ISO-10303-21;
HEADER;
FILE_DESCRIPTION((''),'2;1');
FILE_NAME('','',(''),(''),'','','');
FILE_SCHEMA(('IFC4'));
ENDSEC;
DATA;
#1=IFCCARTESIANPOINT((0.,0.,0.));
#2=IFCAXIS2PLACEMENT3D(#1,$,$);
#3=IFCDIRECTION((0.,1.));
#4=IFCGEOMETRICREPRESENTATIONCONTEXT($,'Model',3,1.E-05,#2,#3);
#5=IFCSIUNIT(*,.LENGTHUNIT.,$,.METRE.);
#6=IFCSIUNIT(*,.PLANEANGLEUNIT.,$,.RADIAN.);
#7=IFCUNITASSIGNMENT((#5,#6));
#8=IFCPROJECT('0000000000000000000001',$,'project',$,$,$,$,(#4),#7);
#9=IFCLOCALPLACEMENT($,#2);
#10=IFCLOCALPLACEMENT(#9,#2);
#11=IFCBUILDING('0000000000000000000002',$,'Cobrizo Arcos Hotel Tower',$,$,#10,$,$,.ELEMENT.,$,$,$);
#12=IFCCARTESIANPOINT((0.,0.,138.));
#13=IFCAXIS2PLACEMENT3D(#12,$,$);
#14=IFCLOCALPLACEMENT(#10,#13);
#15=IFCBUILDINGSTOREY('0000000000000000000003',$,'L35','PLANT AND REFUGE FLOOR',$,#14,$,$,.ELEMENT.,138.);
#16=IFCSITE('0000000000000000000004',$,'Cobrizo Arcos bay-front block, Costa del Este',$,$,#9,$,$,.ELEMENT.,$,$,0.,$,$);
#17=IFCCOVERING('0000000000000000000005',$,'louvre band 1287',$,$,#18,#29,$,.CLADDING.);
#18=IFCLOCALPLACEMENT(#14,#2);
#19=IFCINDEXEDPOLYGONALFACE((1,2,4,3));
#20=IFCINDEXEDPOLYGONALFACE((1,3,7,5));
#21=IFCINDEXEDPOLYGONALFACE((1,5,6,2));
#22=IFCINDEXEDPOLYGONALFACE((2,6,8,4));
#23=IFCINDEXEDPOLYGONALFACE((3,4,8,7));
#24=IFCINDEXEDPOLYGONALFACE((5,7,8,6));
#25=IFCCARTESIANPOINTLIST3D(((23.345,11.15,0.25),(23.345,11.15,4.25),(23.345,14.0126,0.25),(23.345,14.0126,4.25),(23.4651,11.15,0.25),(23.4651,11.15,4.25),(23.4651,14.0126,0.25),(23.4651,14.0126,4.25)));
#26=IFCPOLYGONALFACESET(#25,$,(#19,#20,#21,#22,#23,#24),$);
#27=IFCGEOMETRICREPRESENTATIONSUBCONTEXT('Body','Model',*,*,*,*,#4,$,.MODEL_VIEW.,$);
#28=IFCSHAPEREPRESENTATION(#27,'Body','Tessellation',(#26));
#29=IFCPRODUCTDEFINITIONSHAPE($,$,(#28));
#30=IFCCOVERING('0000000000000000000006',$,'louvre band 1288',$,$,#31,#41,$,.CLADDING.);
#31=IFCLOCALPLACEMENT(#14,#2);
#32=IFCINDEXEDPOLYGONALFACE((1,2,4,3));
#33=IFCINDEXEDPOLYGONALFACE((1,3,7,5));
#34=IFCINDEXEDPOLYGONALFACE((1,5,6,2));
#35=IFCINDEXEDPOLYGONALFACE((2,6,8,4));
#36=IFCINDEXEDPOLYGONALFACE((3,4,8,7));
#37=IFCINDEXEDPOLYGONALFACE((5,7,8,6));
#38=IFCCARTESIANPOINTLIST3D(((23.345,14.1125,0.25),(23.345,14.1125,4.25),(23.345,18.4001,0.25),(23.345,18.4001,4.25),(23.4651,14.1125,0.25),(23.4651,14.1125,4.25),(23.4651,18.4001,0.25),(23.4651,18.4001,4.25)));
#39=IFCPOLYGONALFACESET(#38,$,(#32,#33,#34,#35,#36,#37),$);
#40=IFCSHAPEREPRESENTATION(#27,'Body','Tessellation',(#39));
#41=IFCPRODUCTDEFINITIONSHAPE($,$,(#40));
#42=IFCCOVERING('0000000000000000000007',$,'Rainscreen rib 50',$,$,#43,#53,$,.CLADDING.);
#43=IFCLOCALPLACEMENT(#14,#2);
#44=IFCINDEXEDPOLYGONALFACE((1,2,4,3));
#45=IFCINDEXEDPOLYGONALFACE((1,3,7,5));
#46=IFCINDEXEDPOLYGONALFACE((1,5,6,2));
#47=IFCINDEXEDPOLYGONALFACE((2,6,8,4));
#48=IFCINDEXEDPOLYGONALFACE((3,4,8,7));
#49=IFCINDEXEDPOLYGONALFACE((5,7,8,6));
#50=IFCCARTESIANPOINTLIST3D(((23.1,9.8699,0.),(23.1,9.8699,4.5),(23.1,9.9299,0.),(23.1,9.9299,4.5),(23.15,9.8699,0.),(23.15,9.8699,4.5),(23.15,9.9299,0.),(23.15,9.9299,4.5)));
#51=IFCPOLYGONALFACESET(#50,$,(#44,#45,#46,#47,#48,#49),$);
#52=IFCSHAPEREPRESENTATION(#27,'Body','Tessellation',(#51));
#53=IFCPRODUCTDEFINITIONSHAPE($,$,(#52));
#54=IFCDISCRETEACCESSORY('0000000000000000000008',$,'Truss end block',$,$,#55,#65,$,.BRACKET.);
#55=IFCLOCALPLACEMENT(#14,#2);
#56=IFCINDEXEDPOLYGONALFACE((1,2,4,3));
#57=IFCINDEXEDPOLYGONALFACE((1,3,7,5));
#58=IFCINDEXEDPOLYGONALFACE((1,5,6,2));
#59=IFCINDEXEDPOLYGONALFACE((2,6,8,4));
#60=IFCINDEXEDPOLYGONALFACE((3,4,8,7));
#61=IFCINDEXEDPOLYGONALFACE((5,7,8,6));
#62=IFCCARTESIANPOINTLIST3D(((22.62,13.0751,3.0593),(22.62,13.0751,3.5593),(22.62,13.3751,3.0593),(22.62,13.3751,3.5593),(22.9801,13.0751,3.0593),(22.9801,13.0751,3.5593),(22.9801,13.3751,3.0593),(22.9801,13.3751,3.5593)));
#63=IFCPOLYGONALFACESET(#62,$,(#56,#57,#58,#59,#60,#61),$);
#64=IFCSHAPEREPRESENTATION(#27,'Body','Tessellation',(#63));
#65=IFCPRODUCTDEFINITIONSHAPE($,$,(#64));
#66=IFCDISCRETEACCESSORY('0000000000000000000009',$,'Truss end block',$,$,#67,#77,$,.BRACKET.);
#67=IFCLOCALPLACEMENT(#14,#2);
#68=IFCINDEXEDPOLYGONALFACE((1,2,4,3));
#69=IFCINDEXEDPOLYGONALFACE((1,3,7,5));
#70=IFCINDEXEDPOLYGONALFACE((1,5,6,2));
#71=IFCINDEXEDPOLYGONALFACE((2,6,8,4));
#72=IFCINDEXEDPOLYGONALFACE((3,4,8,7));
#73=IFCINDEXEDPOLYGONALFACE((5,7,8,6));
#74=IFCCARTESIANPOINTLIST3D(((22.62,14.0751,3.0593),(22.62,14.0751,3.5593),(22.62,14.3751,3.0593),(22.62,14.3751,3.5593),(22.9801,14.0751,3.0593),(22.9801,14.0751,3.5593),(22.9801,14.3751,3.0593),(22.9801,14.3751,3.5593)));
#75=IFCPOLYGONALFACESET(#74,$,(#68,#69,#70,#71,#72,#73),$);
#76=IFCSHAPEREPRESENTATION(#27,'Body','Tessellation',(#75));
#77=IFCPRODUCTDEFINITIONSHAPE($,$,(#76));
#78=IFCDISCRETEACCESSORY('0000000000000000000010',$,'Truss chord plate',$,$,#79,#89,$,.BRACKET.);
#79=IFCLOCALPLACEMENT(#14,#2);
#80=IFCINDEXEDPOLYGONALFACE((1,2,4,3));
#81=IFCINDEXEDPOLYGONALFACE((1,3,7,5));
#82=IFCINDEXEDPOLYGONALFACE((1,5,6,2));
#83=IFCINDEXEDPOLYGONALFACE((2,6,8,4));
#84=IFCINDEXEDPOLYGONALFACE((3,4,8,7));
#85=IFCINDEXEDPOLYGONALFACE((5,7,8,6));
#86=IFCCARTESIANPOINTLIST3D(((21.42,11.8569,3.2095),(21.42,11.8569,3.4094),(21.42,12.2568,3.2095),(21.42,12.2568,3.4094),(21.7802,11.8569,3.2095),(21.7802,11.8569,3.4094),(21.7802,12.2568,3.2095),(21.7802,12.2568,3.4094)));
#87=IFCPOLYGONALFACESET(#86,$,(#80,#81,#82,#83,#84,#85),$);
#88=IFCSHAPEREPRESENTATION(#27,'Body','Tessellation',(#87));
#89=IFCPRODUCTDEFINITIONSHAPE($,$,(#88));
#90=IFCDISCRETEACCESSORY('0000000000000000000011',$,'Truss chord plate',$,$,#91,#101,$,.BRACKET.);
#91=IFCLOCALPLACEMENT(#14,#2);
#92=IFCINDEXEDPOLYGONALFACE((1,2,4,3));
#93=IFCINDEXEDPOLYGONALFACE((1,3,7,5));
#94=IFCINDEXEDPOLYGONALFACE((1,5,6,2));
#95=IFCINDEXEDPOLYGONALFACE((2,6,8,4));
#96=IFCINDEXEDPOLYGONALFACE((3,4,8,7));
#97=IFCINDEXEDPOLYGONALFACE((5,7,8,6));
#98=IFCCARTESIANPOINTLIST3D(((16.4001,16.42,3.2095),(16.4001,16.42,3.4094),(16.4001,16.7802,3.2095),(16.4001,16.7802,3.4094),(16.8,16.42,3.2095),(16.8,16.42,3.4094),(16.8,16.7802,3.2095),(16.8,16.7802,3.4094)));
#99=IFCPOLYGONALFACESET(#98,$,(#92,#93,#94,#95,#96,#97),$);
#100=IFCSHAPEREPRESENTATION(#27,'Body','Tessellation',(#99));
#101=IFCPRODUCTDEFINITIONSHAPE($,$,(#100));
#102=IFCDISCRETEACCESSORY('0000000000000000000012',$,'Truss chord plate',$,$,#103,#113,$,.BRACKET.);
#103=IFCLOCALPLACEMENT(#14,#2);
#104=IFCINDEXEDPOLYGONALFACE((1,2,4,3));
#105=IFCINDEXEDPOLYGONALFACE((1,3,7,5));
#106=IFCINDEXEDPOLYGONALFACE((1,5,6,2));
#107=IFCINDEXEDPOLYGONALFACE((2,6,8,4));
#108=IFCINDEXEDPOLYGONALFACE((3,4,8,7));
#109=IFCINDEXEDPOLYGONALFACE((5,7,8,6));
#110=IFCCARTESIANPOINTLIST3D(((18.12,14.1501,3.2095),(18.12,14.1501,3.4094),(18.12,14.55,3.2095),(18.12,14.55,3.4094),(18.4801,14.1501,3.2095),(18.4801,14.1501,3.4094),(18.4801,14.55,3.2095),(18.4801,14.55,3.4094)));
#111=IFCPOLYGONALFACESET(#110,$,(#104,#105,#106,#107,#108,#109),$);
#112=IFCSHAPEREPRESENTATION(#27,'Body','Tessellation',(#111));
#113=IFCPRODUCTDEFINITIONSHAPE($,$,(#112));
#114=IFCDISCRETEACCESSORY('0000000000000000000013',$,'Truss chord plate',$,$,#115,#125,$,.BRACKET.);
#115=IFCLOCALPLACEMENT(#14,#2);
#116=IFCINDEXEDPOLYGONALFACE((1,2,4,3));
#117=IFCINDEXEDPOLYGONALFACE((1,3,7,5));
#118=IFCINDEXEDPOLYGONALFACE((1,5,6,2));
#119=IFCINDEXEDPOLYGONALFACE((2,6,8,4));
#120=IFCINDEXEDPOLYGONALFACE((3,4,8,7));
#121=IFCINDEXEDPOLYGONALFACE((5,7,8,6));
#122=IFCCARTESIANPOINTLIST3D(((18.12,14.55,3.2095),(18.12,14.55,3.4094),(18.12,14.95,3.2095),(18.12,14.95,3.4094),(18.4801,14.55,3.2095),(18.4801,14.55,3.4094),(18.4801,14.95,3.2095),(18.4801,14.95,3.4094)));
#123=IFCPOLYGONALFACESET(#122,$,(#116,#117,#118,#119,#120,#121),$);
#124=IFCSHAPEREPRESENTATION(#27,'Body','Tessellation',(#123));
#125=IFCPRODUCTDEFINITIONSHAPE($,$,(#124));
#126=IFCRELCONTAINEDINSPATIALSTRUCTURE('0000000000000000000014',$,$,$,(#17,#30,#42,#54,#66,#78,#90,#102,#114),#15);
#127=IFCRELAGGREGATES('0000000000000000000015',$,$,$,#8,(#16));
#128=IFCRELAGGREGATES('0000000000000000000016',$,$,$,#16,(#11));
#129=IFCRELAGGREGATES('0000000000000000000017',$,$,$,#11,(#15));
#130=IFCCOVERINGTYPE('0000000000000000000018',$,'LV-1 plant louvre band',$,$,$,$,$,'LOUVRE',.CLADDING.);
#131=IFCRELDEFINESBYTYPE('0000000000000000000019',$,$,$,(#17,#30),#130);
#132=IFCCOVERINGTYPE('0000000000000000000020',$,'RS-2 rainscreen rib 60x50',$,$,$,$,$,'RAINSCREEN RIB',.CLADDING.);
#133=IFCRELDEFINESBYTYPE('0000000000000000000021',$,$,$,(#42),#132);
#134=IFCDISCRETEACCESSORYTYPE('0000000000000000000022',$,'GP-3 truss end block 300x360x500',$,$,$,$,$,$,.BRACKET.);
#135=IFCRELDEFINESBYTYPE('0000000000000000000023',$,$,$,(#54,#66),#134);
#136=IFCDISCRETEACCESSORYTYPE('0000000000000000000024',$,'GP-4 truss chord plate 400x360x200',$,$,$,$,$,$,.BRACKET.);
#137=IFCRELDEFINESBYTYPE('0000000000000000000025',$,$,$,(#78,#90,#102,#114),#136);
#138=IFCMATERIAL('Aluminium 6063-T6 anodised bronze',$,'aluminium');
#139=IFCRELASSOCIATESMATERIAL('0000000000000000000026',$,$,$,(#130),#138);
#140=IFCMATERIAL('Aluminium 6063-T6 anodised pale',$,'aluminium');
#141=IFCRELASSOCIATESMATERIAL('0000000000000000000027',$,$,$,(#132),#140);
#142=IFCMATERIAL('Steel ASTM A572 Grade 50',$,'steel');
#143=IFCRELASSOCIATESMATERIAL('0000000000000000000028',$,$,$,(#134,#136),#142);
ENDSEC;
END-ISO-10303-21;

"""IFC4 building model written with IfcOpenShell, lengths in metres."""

from ifc_helpers import new_model, si_unit, direction, frame, origin, origin_2d, place, context, subcontext, project, spatial, rectangle, extrude, material, type_object, element, save


model = new_model("IFC4")

# Units and contexts
model_context = context("Model", 3, precision=1e-05, world=origin(), true_north=direction((0.0, 1.0)))
body_context = subcontext(model_context, "Body", "Model", "MODEL_VIEW")
ifc_project = project(units=[si_unit("LENGTHUNIT", "METRE"), si_unit("PLANEANGLEUNIT", "RADIAN")], contexts=[model_context])

# Site, building, storey
site_placement = place(None, origin())
site = spatial("IfcSite", under=ifc_project, at=site_placement, Name="Cobrizo Arcos bay-front block, Costa del Este", CompositionType="ELEMENT", RefElevation=0.0)
building_placement = place(site_placement, origin())
building = spatial("IfcBuilding", under=site, at=building_placement, Name="Cobrizo Arcos Hotel Tower", CompositionType="ELEMENT")
storey_placement = place(building_placement, frame((0.0, 0.0, 138.0)))
storey = spatial("IfcBuildingStorey", under=building, at=storey_placement, Name="L35", Description="PLANT AND REFUGE FLOOR", CompositionType="ELEMENT", Elevation=138.0)

# Shared definitions
ifc_material_1 = material(Name="Aluminium 6063-T6 anodised bronze", Category="aluminium")

# Coverings
covering_type_1 = type_object("IfcCoveringType", Name="LV-1 plant louvre band", ElementType="LOUVRE", PredefinedType="CLADDING", material=ifc_material_1)
covering_1_placement = place(storey_placement, frame((23.405, 12.5813, 0.25), z_axis=(0.0, 0.0, 1.0), x_axis=(0.0, 1.0, 0.0)))
element("IfcCovering", 1, at=covering_1_placement, inside=storey, type_object=covering_type_1, Name="louvre band 1287", PredefinedType="CLADDING", context=body_context, shape_type="SweptSolid", body=[
    extrude(rectangle(XDim=2.8625, YDim=0.1201, at=origin_2d()), origin(), (0.0, 0.0, 1.0), 4.0),
])
covering_2_placement = place(storey_placement, frame((23.405, 16.2563, 0.25), z_axis=(0.0, 0.0, 1.0), x_axis=(0.0, 1.0, 0.0)))
element("IfcCovering", 2, at=covering_2_placement, inside=storey, type_object=covering_type_1, Name="louvre band 1288", PredefinedType="CLADDING", context=body_context, shape_type="SweptSolid", body=[
    extrude(rectangle(XDim=4.2876, YDim=0.1201, at=origin_2d()), origin(), (0.0, 0.0, 1.0), 4.0),
])
ifc_material_2 = material(Name="Aluminium 6063-T6 anodised pale", Category="aluminium")
covering_type_2 = type_object("IfcCoveringType", Name="RS-2 rainscreen rib 60x50", ElementType="RAINSCREEN RIB", PredefinedType="CLADDING", material=ifc_material_2)
covering_3_placement = place(storey_placement, frame((23.125, 9.8999, 0.0), z_axis=(0.0, 0.0, 1.0), x_axis=(0.0, 1.0, 0.0)))
element("IfcCovering", 3, at=covering_3_placement, inside=storey, type_object=covering_type_2, Name="Rainscreen rib 50", PredefinedType="CLADDING", context=body_context, shape_type="SweptSolid", body=[
    extrude(rectangle(XDim=0.0601, YDim=0.05, at=origin_2d()), origin(), (0.0, 0.0, 1.0), 4.5),
])

# Discrete accessories
ifc_material_3 = material(Name="Steel ASTM A572 Grade 50", Category="steel")
discrete_accessory_type_1 = type_object("IfcDiscreteAccessoryType", Name="GP-3 truss end block 300x360x500", PredefinedType="BRACKET", material=ifc_material_3)
for number, where, z_axis, x_axis, name in (
    (4, (22.8, 13.2251, 3.0593), (0.0, 0.0, 1.0), (0.0, -1.0, 0.0), "Truss end block"),
    (5, (22.8, 14.2251, 3.0593), (0.0, 0.0, 1.0), (0.0, 1.0, 0.0), "Truss end block"),
):
    element("IfcDiscreteAccessory", number, at=place(storey_placement, frame(where, z_axis=z_axis, x_axis=x_axis)), inside=storey, type_object=discrete_accessory_type_1, Name=name, PredefinedType="BRACKET", context=body_context, shape_type="SweptSolid", body=[
        extrude(rectangle(XDim=0.3, YDim=0.3601, at=origin_2d()), origin(), (0.0, 0.0, 1.0), 0.5),
    ])
discrete_accessory_type_2 = type_object("IfcDiscreteAccessoryType", Name="GP-4 truss chord plate 400x360x200", PredefinedType="BRACKET", material=ifc_material_3)
for number, where, z_axis, x_axis, name in (
    (6, (21.6001, 12.0569, 3.2095), (0.0, 0.0, 1.0), (0.0, 1.0, 0.0), "Truss chord plate"),
    (7, (16.6001, 16.6001, 3.2095), (0.0, 0.0, 1.0), (-1.0, 0.0, 0.0), "Truss chord plate"),
    (8, (18.3, 14.3501, 3.2095), (0.0, 0.0, 1.0), (0.0, 1.0, 0.0), "Truss chord plate"),
    (9, (18.3, 14.75, 3.2095), (0.0, 0.0, 1.0), (0.0, 1.0, 0.0), "Truss chord plate"),
):
    element("IfcDiscreteAccessory", number, at=place(storey_placement, frame(where, z_axis=z_axis, x_axis=x_axis)), inside=storey, type_object=discrete_accessory_type_2, Name=name, PredefinedType="BRACKET", context=body_context, shape_type="SweptSolid", body=[
        extrude(rectangle(XDim=0.3999, YDim=0.3601, at=origin_2d()), origin(), (0.0, 0.0, 1.0), 0.2),
    ])

save(model, "model.ifc")
